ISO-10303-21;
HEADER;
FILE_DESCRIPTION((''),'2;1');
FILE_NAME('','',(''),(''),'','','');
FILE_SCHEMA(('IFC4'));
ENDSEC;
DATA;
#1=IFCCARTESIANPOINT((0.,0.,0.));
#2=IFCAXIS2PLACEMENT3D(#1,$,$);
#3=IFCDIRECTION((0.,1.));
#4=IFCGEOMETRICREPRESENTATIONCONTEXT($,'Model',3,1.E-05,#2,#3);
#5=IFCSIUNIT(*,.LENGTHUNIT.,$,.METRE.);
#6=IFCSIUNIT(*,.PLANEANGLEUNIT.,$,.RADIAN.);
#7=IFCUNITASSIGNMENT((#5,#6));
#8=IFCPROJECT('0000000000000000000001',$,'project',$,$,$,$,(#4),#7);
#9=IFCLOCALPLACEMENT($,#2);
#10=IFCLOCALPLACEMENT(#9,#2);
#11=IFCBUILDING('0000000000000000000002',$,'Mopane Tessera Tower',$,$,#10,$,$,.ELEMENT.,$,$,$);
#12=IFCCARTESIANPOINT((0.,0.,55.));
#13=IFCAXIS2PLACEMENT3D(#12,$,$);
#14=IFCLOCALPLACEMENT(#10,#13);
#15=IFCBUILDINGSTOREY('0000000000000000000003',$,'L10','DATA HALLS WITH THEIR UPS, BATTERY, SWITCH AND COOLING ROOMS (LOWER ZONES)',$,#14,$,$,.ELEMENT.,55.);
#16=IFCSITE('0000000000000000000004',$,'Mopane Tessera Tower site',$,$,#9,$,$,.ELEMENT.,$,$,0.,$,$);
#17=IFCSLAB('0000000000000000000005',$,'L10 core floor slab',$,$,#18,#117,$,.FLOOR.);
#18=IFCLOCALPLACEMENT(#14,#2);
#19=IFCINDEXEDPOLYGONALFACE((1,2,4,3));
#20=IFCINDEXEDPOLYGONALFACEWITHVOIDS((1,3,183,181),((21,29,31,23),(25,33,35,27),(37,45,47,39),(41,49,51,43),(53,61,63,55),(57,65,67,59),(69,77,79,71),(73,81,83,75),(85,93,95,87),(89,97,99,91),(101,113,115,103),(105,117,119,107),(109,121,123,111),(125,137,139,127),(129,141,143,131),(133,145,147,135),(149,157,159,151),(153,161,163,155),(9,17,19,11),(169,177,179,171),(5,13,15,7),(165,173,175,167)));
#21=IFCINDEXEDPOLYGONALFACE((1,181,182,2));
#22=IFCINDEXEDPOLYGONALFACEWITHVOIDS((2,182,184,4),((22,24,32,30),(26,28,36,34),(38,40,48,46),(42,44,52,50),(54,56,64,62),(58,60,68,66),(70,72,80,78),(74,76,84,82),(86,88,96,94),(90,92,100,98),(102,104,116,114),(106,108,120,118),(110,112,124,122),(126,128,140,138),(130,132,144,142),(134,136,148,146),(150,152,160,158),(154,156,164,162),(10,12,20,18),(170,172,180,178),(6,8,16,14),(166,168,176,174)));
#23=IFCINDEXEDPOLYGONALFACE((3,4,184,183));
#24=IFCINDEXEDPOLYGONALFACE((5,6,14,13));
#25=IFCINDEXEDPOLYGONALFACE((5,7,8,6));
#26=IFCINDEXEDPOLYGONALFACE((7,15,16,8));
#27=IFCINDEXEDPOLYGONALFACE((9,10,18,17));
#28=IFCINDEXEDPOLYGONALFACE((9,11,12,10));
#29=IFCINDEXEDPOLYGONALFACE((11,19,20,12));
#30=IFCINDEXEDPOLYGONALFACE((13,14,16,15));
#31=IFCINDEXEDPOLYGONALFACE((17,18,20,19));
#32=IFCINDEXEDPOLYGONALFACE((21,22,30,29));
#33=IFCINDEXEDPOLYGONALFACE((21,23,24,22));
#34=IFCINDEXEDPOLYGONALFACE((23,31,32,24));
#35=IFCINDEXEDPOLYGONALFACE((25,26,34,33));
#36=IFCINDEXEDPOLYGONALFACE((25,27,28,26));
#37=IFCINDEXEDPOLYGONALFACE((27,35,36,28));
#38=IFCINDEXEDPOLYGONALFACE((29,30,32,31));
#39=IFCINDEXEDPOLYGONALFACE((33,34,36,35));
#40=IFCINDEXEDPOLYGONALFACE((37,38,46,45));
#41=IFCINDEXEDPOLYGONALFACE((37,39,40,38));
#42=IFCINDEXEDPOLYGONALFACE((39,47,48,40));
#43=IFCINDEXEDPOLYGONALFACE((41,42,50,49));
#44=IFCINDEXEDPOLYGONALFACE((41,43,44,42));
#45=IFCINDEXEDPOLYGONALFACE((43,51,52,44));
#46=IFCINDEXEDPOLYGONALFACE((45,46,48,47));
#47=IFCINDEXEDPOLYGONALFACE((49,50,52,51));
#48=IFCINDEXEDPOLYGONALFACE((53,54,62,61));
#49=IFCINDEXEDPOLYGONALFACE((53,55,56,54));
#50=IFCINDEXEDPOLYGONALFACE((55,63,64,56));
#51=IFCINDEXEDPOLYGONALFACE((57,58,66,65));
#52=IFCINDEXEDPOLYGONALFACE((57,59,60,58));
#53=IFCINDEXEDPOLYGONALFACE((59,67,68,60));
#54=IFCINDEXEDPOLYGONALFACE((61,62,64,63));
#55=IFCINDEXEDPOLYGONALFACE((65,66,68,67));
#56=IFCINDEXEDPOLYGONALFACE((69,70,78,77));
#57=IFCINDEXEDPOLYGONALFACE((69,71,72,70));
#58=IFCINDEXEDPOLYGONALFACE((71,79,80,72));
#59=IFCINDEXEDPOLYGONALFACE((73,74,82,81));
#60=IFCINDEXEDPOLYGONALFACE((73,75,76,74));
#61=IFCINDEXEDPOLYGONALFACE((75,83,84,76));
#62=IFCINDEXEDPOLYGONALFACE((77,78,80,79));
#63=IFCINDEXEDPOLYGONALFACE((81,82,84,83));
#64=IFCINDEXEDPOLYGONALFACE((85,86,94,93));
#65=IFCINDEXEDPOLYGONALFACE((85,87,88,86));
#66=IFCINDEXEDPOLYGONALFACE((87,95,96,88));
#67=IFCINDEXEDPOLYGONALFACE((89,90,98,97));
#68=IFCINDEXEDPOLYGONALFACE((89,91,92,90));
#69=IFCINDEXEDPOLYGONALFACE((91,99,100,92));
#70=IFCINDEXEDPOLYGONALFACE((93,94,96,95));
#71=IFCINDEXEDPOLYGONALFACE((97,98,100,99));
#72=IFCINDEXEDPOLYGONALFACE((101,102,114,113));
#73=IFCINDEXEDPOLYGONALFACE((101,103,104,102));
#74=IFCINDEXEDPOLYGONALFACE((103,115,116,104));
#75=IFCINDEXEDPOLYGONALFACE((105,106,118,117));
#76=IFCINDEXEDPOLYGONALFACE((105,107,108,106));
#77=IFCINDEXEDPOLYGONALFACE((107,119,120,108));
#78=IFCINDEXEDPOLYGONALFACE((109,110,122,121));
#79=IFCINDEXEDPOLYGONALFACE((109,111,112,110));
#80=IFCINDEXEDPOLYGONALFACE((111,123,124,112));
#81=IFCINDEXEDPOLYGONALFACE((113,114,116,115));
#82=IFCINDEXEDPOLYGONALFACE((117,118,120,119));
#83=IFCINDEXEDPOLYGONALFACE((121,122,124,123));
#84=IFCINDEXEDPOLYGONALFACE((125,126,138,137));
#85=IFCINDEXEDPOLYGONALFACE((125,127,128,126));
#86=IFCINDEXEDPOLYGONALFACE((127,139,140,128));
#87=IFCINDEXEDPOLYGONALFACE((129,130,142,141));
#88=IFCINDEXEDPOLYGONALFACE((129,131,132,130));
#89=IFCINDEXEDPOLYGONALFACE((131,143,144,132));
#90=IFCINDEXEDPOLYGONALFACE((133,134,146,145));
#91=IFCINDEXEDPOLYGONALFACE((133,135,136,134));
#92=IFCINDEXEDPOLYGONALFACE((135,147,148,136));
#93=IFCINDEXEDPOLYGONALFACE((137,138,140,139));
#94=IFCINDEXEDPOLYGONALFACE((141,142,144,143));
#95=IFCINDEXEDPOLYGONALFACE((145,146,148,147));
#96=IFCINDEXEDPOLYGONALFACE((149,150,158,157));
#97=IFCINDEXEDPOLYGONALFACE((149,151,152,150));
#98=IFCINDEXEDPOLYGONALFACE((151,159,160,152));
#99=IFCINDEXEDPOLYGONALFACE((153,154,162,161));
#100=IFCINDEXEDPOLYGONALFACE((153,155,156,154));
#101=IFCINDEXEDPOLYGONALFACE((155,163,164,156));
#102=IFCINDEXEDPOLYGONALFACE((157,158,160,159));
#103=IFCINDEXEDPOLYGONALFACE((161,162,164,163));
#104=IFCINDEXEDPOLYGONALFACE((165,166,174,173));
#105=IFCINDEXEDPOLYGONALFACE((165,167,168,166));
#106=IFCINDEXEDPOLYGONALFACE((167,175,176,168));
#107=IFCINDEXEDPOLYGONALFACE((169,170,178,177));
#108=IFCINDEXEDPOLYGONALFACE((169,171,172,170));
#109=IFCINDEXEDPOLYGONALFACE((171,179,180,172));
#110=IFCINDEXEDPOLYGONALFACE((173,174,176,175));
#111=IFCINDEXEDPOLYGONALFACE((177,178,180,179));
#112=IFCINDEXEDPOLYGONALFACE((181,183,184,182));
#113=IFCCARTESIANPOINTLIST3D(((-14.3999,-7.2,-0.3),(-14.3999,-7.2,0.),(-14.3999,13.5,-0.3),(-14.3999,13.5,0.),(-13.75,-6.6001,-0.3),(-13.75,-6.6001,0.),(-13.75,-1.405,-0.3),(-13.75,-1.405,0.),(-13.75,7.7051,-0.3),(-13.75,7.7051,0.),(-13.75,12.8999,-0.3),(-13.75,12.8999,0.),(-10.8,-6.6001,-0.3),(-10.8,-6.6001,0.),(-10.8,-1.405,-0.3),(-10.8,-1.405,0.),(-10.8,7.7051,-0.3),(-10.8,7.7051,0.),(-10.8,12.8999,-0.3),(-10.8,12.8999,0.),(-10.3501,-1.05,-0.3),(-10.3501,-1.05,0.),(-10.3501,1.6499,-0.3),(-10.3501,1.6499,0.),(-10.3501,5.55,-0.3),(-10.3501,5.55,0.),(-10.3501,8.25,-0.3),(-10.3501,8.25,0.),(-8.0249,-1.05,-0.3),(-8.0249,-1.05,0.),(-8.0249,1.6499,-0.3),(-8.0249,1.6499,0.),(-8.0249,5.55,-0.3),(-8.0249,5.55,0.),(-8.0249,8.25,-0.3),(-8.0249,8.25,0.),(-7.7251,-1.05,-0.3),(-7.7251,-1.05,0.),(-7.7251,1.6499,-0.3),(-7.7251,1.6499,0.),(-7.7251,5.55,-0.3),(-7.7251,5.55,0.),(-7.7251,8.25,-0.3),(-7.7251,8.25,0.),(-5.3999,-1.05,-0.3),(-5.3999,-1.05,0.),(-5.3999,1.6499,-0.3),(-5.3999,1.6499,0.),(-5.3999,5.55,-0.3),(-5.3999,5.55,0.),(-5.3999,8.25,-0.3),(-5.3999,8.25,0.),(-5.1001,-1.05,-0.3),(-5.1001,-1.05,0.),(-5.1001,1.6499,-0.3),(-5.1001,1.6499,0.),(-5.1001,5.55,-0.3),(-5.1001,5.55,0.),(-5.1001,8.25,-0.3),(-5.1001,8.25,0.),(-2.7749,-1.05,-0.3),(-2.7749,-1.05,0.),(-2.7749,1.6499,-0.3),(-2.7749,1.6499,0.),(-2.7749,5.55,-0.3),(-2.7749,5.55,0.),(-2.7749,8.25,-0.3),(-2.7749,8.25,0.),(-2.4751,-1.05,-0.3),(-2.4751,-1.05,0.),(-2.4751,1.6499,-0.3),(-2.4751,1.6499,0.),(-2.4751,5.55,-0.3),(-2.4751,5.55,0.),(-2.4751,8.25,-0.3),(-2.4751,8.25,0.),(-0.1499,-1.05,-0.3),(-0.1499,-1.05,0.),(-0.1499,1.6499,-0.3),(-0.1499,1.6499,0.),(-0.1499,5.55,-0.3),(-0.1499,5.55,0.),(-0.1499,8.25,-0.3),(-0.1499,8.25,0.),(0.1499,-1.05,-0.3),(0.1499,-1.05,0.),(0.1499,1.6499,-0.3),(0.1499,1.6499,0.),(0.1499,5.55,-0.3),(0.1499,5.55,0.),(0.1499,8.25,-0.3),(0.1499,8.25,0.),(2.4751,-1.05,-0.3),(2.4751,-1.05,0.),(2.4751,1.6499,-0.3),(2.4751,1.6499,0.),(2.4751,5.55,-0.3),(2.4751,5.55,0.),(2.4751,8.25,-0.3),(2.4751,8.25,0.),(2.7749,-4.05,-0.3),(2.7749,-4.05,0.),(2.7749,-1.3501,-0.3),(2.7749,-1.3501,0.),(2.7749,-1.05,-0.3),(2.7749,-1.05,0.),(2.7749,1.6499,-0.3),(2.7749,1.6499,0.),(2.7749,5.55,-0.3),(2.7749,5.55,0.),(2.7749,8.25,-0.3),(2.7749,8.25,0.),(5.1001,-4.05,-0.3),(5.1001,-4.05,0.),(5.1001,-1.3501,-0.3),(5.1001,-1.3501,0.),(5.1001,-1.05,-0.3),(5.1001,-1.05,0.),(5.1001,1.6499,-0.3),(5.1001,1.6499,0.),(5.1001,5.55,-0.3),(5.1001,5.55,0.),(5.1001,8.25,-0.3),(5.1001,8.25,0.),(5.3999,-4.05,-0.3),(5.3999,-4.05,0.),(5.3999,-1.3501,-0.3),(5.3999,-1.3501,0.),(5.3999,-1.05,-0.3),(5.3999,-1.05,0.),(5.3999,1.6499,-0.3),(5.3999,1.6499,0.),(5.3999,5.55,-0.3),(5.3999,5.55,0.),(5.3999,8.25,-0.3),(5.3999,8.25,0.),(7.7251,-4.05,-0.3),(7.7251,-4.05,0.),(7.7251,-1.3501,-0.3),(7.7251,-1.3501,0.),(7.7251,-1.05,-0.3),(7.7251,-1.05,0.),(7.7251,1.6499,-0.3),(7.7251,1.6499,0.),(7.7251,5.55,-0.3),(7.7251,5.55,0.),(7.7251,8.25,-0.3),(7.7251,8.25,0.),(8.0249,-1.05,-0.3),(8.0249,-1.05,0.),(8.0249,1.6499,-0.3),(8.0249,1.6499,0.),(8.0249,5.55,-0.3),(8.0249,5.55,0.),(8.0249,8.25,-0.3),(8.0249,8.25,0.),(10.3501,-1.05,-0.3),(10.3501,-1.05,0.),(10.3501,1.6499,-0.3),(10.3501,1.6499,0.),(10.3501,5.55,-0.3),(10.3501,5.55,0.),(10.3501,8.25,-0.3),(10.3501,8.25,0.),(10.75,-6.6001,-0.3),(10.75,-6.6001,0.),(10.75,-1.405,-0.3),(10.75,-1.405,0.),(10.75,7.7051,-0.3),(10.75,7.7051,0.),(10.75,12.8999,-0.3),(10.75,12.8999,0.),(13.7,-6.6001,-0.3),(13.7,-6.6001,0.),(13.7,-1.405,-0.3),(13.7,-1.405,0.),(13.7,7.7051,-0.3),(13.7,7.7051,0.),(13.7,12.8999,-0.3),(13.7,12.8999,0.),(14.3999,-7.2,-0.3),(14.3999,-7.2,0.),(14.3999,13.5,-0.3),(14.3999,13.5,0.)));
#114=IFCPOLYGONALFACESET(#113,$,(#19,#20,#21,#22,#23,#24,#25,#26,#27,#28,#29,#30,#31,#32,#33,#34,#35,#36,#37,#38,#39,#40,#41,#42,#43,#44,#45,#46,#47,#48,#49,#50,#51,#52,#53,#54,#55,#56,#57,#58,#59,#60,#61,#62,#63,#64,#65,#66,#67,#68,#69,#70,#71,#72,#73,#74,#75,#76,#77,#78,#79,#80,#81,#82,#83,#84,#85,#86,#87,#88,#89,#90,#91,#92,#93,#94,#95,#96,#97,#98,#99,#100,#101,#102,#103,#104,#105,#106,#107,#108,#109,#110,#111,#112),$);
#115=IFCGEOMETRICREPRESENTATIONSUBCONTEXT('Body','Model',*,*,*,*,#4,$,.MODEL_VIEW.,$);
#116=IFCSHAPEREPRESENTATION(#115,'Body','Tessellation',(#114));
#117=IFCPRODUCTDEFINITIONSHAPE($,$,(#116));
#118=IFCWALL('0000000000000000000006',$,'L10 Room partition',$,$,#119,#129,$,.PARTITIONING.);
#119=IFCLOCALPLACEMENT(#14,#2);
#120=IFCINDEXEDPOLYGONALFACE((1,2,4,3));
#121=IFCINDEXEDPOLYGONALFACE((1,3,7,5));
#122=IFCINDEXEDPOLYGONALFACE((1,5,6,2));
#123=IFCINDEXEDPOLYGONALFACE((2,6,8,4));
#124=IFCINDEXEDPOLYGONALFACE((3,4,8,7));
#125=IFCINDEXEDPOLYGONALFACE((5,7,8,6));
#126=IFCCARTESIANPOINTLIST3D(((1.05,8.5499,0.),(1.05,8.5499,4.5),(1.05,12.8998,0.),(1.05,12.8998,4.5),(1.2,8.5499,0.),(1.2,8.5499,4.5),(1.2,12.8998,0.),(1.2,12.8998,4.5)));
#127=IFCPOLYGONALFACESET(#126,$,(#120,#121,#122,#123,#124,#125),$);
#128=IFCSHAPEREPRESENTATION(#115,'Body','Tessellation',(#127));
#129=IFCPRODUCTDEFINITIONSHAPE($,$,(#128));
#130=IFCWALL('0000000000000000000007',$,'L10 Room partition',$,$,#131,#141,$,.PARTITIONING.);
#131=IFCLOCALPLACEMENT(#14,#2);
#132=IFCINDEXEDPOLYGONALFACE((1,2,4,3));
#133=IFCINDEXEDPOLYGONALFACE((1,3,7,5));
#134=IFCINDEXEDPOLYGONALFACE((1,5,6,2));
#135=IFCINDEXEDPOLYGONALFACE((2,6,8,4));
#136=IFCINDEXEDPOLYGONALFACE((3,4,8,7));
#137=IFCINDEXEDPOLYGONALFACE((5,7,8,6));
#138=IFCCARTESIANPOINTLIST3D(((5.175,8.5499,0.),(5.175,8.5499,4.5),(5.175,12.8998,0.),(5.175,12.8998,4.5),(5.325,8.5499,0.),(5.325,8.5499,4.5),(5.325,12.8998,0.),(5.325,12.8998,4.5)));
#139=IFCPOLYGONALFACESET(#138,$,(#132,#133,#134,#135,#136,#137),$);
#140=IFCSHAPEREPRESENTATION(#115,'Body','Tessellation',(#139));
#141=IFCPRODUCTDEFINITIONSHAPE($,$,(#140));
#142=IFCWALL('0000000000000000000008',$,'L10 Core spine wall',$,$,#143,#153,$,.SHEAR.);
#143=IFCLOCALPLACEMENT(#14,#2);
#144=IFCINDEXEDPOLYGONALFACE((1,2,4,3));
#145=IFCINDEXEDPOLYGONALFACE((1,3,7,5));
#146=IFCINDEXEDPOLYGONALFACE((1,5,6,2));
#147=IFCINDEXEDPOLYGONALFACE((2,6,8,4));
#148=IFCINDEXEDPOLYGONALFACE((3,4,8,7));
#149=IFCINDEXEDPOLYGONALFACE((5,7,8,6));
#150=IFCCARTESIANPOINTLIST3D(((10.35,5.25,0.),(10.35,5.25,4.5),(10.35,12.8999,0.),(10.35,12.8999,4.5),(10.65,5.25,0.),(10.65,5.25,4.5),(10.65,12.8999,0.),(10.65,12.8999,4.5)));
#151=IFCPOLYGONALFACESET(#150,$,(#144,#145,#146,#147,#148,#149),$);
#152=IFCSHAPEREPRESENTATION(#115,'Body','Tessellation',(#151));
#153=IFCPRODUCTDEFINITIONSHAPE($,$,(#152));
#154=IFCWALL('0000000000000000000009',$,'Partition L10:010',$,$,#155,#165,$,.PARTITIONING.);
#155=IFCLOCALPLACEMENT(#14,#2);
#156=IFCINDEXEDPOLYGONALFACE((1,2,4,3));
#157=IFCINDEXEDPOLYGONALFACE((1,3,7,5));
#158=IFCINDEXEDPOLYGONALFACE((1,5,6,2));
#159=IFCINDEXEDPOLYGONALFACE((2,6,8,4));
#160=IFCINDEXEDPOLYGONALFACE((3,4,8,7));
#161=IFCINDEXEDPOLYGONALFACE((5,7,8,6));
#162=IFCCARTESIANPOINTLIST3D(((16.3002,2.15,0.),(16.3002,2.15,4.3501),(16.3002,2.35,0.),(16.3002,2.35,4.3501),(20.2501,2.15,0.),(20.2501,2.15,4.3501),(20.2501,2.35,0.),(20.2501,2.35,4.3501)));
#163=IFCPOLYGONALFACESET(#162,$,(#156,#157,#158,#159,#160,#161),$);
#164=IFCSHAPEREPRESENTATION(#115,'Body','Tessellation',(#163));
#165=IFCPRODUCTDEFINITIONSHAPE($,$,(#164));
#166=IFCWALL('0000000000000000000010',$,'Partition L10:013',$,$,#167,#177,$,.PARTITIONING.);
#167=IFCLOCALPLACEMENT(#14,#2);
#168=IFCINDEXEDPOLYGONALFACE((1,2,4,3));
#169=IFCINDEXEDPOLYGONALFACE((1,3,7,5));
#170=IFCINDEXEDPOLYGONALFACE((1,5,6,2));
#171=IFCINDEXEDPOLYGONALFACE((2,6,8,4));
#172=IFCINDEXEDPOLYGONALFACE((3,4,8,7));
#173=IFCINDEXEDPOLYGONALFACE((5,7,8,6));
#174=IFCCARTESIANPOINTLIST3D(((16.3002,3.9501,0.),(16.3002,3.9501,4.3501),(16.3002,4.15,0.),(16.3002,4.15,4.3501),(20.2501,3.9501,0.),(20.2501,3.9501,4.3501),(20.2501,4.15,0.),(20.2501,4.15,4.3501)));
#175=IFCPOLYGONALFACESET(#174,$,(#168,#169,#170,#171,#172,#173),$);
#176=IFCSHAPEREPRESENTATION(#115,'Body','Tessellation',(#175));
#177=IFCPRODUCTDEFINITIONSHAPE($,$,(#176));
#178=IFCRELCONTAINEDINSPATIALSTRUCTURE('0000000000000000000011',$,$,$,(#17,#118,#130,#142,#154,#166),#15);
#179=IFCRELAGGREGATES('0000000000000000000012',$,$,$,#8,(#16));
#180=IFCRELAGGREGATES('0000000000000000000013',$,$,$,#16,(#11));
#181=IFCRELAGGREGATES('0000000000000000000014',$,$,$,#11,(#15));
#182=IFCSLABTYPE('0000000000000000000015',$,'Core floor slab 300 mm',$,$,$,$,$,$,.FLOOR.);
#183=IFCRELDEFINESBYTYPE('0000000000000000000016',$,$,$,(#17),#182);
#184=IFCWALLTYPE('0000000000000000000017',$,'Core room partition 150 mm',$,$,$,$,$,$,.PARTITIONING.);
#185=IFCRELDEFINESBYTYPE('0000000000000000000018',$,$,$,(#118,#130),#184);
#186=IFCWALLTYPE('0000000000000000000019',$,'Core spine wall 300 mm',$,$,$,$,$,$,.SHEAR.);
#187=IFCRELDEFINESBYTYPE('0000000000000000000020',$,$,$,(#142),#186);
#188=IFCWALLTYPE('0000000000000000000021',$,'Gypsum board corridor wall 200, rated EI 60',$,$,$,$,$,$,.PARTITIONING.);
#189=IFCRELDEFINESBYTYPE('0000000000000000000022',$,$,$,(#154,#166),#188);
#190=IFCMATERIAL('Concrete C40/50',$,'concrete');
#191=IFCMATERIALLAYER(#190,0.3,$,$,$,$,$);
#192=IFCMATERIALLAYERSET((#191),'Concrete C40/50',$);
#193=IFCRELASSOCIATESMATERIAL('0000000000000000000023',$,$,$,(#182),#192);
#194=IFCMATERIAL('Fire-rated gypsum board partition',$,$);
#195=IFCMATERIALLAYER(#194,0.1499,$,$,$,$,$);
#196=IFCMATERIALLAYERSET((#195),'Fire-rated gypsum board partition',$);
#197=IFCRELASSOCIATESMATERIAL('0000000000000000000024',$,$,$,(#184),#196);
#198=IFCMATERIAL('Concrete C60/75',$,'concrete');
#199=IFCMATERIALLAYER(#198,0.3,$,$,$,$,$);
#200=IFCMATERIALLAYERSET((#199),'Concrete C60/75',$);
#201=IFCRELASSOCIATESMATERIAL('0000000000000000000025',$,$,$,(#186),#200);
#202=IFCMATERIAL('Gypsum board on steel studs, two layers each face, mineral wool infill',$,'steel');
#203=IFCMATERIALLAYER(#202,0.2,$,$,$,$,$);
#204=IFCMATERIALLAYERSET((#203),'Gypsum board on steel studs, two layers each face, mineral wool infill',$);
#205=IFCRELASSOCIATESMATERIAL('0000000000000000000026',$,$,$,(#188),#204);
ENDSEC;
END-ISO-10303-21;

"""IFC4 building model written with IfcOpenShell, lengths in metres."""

from ifc_helpers import new_model, si_unit, direction, frame, frame_2d, origin, place, context, subcontext, project, spatial, polyline, rectangle, outline, extrude, material, layer, layer_set, type_object, element, save


model = new_model("IFC4")

# Units and contexts
model_context = context("Model", 3, precision=1e-05, world=origin(), true_north=direction((0.0, 1.0)))
body_context = subcontext(model_context, "Body", "Model", "MODEL_VIEW")
ifc_project = project(units=[si_unit("LENGTHUNIT", "METRE"), si_unit("PLANEANGLEUNIT", "RADIAN")], contexts=[model_context])

# Site, building, storey
site_placement = place(None, origin())
site = spatial("IfcSite", under=ifc_project, at=site_placement, Name="Mopane Tessera Tower site", CompositionType="ELEMENT", RefElevation=0.0)
building_placement = place(site_placement, origin())
building = spatial("IfcBuilding", under=site, at=building_placement, Name="Mopane Tessera Tower", CompositionType="ELEMENT")
storey_placement = place(building_placement, frame((0.0, 0.0, 55.0)))
storey = spatial("IfcBuildingStorey", under=building, at=storey_placement, Name="L10", Description="DATA HALLS WITH THEIR UPS, BATTERY, SWITCH AND COOLING ROOMS (LOWER ZONES)", CompositionType="ELEMENT", Elevation=55.0)

# Slab
ifc_material_1 = material(Name="Concrete C40/50", Category="concrete")
ifc_layer_1 = layer(ifc_material_1, 0.3)
ifc_layer_set_1 = layer_set([ifc_layer_1], Name="Concrete C40/50")
slab_type = type_object("IfcSlabType", Name="Core floor slab 300 mm", PredefinedType="FLOOR", material=ifc_layer_set_1)
slab_placement = place(storey_placement, frame((0.0, 0.0, -0.3)))
element("IfcSlab", 1, at=slab_placement, inside=storey, type_object=slab_type, Name="L10 core floor slab", PredefinedType="FLOOR", context=body_context, shape_type="SweptSolid", body=[
    extrude(outline(polyline([(-14.3999, -7.2), (14.3999, -7.2), (14.3999, 13.5), (-14.3999, 13.5), (-14.3999, -7.2)]), holes=[polyline([(-10.3501, -1.05), (-8.0249, -1.05), (-8.0249, 1.6499), (-10.3501, 1.6499), (-10.3501, -1.05)]), polyline([(-7.7251, -1.05), (-5.3999, -1.05), (-5.3999, 1.6499), (-7.7251, 1.6499), (-7.7251, -1.05)]), polyline([(-5.1001, -1.05), (-2.7749, -1.05), (-2.7749, 1.6499), (-5.1001, 1.6499), (-5.1001, -1.05)]), polyline([(-2.4751, -1.05), (-0.1499, -1.05), (-0.1499, 1.6499), (-2.4751, 1.6499), (-2.4751, -1.05)]), polyline([(0.1499, -1.05), (2.4751, -1.05), (2.4751, 1.6499), (0.1499, 1.6499), (0.1499, -1.05)]), polyline([(2.7749, -1.05), (5.1001, -1.05), (5.1001, 1.6499), (2.7749, 1.6499), (2.7749, -1.05)]), polyline([(5.3999, -1.05), (7.7251, -1.05), (7.7251, 1.6499), (5.3999, 1.6499), (5.3999, -1.05)]), polyline([(8.0249, -1.05), (10.3501, -1.05), (10.3501, 1.6499), (8.0249, 1.6499), (8.0249, -1.05)]), polyline([(-10.3501, 5.55), (-8.0249, 5.55), (-8.0249, 8.25), (-10.3501, 8.25), (-10.3501, 5.55)]), polyline([(-7.7251, 5.55), (-5.3999, 5.55), (-5.3999, 8.25), (-7.7251, 8.25), (-7.7251, 5.55)]), polyline([(-5.1001, 5.55), (-2.7749, 5.55), (-2.7749, 8.25), (-5.1001, 8.25), (-5.1001, 5.55)]), polyline([(-2.4751, 5.55), (-0.1499, 5.55), (-0.1499, 8.25), (-2.4751, 8.25), (-2.4751, 5.55)]), polyline([(0.1499, 5.55), (2.4751, 5.55), (2.4751, 8.25), (0.1499, 8.25), (0.1499, 5.55)]), polyline([(2.7749, 5.55), (5.1001, 5.55), (5.1001, 8.25), (2.7749, 8.25), (2.7749, 5.55)]), polyline([(5.3999, 5.55), (7.7251, 5.55), (7.7251, 8.25), (5.3999, 8.25), (5.3999, 5.55)]), polyline([(8.0249, 5.55), (10.3501, 5.55), (10.3501, 8.25), (8.0249, 8.25), (8.0249, 5.55)]), polyline([(2.7749, -4.05), (5.1001, -4.05), (5.1001, -1.3501), (2.7749, -1.3501), (2.7749, -4.05)]), polyline([(5.3999, -4.05), (7.7251, -4.05), (7.7251, -1.3501), (5.3999, -1.3501), (5.3999, -4.05)]), polyline([(-13.75, -1.405), (-13.75, -6.6001), (-10.8, -6.6001), (-10.8, -1.405), (-13.75, -1.405)]), polyline([(-10.8, 7.7051), (-10.8, 12.8999), (-13.75, 12.8999), (-13.75, 7.7051), (-10.8, 7.7051)]), polyline([(10.75, -1.405), (10.75, -6.6001), (13.7, -6.6001), (13.7, -1.405), (10.75, -1.405)]), polyline([(13.7, 7.7051), (13.7, 12.8999), (10.75, 12.8999), (10.75, 7.7051), (13.7, 7.7051)])]), origin(), (0.0, 0.0, 1.0), 0.3),
])

# Walls
ifc_material_2 = material(Name="Fire-rated gypsum board partition")
ifc_layer_2 = layer(ifc_material_2, 0.1499)
ifc_layer_set_2 = layer_set([ifc_layer_2], Name="Fire-rated gypsum board partition")
wall_type_1 = type_object("IfcWallType", Name="Core room partition 150 mm", PredefinedType="PARTITIONING", material=ifc_layer_set_2)
for number, where, z_axis, x_axis, name in (
    (2, (1.125, 8.55, 0.0), (0.0, 0.0, 1.0), (0.0, 1.0, 0.0), "L10 Room partition"),
    (3, (5.25, 8.55, 0.0), (0.0, 0.0, 1.0), (0.0, 1.0, 0.0), "L10 Room partition"),
):
    element("IfcWall", number, at=place(storey_placement, frame(where, z_axis=z_axis, x_axis=x_axis)), inside=storey, type_object=wall_type_1, Name=name, PredefinedType="PARTITIONING", context=body_context, shape_type="SweptSolid", body=[
        extrude(rectangle(XDim=4.3499, YDim=0.1499, at=frame_2d((2.1748, 0.0))), origin(), (0.0, 0.0, 1.0), 4.5),
    ])
ifc_material_3 = material(Name="Concrete C60/75", Category="concrete")
ifc_layer_3 = layer(ifc_material_3, 0.3)
ifc_layer_set_3 = layer_set([ifc_layer_3], Name="Concrete C60/75")
wall_type_2 = type_object("IfcWallType", Name="Core spine wall 300 mm", PredefinedType="SHEAR", material=ifc_layer_set_3)
wall_1_placement = place(storey_placement, frame((10.5, 5.25, 0.0), z_axis=(0.0, 0.0, 1.0), x_axis=(0.0, 1.0, 0.0)))
element("IfcWall", 4, at=wall_1_placement, inside=storey, type_object=wall_type_2, Name="L10 Core spine wall", PredefinedType="SHEAR", context=body_context, shape_type="SweptSolid", body=[
    extrude(rectangle(XDim=7.6499, YDim=0.3, at=frame_2d((3.825, 0.0))), origin(), (0.0, 0.0, 1.0), 4.5),
])
ifc_material_4 = material(Name="Gypsum board on steel studs, two layers each face, mineral wool infill", Category="steel")
ifc_layer_4 = layer(ifc_material_4, 0.2)
ifc_layer_set_4 = layer_set([ifc_layer_4], Name="Gypsum board on steel studs, two layers each face, mineral wool infill")
wall_type_3 = type_object("IfcWallType", Name="Gypsum board corridor wall 200, rated EI 60", PredefinedType="PARTITIONING", material=ifc_layer_set_4)
for number, where, z_axis, x_axis, name in (
    (5, (16.3, 2.25, 0.0), (0.0, 0.0, 1.0), (1.0, 0.0, 0.0), "Partition L10:010"),
    (6, (16.3, 4.05, 0.0), (0.0, 0.0, 1.0), (1.0, 0.0, 0.0), "Partition L10:013"),
):
    element("IfcWall", number, at=place(storey_placement, frame(where, z_axis=z_axis, x_axis=x_axis)), inside=storey, type_object=wall_type_3, Name=name, PredefinedType="PARTITIONING", context=body_context, shape_type="SweptSolid", body=[
        extrude(rectangle(XDim=3.95, YDim=0.2, at=frame_2d((1.9751, 0.0))), origin(), (0.0, 0.0, 1.0), 4.3501),
    ])

save(model, "model.ifc")
